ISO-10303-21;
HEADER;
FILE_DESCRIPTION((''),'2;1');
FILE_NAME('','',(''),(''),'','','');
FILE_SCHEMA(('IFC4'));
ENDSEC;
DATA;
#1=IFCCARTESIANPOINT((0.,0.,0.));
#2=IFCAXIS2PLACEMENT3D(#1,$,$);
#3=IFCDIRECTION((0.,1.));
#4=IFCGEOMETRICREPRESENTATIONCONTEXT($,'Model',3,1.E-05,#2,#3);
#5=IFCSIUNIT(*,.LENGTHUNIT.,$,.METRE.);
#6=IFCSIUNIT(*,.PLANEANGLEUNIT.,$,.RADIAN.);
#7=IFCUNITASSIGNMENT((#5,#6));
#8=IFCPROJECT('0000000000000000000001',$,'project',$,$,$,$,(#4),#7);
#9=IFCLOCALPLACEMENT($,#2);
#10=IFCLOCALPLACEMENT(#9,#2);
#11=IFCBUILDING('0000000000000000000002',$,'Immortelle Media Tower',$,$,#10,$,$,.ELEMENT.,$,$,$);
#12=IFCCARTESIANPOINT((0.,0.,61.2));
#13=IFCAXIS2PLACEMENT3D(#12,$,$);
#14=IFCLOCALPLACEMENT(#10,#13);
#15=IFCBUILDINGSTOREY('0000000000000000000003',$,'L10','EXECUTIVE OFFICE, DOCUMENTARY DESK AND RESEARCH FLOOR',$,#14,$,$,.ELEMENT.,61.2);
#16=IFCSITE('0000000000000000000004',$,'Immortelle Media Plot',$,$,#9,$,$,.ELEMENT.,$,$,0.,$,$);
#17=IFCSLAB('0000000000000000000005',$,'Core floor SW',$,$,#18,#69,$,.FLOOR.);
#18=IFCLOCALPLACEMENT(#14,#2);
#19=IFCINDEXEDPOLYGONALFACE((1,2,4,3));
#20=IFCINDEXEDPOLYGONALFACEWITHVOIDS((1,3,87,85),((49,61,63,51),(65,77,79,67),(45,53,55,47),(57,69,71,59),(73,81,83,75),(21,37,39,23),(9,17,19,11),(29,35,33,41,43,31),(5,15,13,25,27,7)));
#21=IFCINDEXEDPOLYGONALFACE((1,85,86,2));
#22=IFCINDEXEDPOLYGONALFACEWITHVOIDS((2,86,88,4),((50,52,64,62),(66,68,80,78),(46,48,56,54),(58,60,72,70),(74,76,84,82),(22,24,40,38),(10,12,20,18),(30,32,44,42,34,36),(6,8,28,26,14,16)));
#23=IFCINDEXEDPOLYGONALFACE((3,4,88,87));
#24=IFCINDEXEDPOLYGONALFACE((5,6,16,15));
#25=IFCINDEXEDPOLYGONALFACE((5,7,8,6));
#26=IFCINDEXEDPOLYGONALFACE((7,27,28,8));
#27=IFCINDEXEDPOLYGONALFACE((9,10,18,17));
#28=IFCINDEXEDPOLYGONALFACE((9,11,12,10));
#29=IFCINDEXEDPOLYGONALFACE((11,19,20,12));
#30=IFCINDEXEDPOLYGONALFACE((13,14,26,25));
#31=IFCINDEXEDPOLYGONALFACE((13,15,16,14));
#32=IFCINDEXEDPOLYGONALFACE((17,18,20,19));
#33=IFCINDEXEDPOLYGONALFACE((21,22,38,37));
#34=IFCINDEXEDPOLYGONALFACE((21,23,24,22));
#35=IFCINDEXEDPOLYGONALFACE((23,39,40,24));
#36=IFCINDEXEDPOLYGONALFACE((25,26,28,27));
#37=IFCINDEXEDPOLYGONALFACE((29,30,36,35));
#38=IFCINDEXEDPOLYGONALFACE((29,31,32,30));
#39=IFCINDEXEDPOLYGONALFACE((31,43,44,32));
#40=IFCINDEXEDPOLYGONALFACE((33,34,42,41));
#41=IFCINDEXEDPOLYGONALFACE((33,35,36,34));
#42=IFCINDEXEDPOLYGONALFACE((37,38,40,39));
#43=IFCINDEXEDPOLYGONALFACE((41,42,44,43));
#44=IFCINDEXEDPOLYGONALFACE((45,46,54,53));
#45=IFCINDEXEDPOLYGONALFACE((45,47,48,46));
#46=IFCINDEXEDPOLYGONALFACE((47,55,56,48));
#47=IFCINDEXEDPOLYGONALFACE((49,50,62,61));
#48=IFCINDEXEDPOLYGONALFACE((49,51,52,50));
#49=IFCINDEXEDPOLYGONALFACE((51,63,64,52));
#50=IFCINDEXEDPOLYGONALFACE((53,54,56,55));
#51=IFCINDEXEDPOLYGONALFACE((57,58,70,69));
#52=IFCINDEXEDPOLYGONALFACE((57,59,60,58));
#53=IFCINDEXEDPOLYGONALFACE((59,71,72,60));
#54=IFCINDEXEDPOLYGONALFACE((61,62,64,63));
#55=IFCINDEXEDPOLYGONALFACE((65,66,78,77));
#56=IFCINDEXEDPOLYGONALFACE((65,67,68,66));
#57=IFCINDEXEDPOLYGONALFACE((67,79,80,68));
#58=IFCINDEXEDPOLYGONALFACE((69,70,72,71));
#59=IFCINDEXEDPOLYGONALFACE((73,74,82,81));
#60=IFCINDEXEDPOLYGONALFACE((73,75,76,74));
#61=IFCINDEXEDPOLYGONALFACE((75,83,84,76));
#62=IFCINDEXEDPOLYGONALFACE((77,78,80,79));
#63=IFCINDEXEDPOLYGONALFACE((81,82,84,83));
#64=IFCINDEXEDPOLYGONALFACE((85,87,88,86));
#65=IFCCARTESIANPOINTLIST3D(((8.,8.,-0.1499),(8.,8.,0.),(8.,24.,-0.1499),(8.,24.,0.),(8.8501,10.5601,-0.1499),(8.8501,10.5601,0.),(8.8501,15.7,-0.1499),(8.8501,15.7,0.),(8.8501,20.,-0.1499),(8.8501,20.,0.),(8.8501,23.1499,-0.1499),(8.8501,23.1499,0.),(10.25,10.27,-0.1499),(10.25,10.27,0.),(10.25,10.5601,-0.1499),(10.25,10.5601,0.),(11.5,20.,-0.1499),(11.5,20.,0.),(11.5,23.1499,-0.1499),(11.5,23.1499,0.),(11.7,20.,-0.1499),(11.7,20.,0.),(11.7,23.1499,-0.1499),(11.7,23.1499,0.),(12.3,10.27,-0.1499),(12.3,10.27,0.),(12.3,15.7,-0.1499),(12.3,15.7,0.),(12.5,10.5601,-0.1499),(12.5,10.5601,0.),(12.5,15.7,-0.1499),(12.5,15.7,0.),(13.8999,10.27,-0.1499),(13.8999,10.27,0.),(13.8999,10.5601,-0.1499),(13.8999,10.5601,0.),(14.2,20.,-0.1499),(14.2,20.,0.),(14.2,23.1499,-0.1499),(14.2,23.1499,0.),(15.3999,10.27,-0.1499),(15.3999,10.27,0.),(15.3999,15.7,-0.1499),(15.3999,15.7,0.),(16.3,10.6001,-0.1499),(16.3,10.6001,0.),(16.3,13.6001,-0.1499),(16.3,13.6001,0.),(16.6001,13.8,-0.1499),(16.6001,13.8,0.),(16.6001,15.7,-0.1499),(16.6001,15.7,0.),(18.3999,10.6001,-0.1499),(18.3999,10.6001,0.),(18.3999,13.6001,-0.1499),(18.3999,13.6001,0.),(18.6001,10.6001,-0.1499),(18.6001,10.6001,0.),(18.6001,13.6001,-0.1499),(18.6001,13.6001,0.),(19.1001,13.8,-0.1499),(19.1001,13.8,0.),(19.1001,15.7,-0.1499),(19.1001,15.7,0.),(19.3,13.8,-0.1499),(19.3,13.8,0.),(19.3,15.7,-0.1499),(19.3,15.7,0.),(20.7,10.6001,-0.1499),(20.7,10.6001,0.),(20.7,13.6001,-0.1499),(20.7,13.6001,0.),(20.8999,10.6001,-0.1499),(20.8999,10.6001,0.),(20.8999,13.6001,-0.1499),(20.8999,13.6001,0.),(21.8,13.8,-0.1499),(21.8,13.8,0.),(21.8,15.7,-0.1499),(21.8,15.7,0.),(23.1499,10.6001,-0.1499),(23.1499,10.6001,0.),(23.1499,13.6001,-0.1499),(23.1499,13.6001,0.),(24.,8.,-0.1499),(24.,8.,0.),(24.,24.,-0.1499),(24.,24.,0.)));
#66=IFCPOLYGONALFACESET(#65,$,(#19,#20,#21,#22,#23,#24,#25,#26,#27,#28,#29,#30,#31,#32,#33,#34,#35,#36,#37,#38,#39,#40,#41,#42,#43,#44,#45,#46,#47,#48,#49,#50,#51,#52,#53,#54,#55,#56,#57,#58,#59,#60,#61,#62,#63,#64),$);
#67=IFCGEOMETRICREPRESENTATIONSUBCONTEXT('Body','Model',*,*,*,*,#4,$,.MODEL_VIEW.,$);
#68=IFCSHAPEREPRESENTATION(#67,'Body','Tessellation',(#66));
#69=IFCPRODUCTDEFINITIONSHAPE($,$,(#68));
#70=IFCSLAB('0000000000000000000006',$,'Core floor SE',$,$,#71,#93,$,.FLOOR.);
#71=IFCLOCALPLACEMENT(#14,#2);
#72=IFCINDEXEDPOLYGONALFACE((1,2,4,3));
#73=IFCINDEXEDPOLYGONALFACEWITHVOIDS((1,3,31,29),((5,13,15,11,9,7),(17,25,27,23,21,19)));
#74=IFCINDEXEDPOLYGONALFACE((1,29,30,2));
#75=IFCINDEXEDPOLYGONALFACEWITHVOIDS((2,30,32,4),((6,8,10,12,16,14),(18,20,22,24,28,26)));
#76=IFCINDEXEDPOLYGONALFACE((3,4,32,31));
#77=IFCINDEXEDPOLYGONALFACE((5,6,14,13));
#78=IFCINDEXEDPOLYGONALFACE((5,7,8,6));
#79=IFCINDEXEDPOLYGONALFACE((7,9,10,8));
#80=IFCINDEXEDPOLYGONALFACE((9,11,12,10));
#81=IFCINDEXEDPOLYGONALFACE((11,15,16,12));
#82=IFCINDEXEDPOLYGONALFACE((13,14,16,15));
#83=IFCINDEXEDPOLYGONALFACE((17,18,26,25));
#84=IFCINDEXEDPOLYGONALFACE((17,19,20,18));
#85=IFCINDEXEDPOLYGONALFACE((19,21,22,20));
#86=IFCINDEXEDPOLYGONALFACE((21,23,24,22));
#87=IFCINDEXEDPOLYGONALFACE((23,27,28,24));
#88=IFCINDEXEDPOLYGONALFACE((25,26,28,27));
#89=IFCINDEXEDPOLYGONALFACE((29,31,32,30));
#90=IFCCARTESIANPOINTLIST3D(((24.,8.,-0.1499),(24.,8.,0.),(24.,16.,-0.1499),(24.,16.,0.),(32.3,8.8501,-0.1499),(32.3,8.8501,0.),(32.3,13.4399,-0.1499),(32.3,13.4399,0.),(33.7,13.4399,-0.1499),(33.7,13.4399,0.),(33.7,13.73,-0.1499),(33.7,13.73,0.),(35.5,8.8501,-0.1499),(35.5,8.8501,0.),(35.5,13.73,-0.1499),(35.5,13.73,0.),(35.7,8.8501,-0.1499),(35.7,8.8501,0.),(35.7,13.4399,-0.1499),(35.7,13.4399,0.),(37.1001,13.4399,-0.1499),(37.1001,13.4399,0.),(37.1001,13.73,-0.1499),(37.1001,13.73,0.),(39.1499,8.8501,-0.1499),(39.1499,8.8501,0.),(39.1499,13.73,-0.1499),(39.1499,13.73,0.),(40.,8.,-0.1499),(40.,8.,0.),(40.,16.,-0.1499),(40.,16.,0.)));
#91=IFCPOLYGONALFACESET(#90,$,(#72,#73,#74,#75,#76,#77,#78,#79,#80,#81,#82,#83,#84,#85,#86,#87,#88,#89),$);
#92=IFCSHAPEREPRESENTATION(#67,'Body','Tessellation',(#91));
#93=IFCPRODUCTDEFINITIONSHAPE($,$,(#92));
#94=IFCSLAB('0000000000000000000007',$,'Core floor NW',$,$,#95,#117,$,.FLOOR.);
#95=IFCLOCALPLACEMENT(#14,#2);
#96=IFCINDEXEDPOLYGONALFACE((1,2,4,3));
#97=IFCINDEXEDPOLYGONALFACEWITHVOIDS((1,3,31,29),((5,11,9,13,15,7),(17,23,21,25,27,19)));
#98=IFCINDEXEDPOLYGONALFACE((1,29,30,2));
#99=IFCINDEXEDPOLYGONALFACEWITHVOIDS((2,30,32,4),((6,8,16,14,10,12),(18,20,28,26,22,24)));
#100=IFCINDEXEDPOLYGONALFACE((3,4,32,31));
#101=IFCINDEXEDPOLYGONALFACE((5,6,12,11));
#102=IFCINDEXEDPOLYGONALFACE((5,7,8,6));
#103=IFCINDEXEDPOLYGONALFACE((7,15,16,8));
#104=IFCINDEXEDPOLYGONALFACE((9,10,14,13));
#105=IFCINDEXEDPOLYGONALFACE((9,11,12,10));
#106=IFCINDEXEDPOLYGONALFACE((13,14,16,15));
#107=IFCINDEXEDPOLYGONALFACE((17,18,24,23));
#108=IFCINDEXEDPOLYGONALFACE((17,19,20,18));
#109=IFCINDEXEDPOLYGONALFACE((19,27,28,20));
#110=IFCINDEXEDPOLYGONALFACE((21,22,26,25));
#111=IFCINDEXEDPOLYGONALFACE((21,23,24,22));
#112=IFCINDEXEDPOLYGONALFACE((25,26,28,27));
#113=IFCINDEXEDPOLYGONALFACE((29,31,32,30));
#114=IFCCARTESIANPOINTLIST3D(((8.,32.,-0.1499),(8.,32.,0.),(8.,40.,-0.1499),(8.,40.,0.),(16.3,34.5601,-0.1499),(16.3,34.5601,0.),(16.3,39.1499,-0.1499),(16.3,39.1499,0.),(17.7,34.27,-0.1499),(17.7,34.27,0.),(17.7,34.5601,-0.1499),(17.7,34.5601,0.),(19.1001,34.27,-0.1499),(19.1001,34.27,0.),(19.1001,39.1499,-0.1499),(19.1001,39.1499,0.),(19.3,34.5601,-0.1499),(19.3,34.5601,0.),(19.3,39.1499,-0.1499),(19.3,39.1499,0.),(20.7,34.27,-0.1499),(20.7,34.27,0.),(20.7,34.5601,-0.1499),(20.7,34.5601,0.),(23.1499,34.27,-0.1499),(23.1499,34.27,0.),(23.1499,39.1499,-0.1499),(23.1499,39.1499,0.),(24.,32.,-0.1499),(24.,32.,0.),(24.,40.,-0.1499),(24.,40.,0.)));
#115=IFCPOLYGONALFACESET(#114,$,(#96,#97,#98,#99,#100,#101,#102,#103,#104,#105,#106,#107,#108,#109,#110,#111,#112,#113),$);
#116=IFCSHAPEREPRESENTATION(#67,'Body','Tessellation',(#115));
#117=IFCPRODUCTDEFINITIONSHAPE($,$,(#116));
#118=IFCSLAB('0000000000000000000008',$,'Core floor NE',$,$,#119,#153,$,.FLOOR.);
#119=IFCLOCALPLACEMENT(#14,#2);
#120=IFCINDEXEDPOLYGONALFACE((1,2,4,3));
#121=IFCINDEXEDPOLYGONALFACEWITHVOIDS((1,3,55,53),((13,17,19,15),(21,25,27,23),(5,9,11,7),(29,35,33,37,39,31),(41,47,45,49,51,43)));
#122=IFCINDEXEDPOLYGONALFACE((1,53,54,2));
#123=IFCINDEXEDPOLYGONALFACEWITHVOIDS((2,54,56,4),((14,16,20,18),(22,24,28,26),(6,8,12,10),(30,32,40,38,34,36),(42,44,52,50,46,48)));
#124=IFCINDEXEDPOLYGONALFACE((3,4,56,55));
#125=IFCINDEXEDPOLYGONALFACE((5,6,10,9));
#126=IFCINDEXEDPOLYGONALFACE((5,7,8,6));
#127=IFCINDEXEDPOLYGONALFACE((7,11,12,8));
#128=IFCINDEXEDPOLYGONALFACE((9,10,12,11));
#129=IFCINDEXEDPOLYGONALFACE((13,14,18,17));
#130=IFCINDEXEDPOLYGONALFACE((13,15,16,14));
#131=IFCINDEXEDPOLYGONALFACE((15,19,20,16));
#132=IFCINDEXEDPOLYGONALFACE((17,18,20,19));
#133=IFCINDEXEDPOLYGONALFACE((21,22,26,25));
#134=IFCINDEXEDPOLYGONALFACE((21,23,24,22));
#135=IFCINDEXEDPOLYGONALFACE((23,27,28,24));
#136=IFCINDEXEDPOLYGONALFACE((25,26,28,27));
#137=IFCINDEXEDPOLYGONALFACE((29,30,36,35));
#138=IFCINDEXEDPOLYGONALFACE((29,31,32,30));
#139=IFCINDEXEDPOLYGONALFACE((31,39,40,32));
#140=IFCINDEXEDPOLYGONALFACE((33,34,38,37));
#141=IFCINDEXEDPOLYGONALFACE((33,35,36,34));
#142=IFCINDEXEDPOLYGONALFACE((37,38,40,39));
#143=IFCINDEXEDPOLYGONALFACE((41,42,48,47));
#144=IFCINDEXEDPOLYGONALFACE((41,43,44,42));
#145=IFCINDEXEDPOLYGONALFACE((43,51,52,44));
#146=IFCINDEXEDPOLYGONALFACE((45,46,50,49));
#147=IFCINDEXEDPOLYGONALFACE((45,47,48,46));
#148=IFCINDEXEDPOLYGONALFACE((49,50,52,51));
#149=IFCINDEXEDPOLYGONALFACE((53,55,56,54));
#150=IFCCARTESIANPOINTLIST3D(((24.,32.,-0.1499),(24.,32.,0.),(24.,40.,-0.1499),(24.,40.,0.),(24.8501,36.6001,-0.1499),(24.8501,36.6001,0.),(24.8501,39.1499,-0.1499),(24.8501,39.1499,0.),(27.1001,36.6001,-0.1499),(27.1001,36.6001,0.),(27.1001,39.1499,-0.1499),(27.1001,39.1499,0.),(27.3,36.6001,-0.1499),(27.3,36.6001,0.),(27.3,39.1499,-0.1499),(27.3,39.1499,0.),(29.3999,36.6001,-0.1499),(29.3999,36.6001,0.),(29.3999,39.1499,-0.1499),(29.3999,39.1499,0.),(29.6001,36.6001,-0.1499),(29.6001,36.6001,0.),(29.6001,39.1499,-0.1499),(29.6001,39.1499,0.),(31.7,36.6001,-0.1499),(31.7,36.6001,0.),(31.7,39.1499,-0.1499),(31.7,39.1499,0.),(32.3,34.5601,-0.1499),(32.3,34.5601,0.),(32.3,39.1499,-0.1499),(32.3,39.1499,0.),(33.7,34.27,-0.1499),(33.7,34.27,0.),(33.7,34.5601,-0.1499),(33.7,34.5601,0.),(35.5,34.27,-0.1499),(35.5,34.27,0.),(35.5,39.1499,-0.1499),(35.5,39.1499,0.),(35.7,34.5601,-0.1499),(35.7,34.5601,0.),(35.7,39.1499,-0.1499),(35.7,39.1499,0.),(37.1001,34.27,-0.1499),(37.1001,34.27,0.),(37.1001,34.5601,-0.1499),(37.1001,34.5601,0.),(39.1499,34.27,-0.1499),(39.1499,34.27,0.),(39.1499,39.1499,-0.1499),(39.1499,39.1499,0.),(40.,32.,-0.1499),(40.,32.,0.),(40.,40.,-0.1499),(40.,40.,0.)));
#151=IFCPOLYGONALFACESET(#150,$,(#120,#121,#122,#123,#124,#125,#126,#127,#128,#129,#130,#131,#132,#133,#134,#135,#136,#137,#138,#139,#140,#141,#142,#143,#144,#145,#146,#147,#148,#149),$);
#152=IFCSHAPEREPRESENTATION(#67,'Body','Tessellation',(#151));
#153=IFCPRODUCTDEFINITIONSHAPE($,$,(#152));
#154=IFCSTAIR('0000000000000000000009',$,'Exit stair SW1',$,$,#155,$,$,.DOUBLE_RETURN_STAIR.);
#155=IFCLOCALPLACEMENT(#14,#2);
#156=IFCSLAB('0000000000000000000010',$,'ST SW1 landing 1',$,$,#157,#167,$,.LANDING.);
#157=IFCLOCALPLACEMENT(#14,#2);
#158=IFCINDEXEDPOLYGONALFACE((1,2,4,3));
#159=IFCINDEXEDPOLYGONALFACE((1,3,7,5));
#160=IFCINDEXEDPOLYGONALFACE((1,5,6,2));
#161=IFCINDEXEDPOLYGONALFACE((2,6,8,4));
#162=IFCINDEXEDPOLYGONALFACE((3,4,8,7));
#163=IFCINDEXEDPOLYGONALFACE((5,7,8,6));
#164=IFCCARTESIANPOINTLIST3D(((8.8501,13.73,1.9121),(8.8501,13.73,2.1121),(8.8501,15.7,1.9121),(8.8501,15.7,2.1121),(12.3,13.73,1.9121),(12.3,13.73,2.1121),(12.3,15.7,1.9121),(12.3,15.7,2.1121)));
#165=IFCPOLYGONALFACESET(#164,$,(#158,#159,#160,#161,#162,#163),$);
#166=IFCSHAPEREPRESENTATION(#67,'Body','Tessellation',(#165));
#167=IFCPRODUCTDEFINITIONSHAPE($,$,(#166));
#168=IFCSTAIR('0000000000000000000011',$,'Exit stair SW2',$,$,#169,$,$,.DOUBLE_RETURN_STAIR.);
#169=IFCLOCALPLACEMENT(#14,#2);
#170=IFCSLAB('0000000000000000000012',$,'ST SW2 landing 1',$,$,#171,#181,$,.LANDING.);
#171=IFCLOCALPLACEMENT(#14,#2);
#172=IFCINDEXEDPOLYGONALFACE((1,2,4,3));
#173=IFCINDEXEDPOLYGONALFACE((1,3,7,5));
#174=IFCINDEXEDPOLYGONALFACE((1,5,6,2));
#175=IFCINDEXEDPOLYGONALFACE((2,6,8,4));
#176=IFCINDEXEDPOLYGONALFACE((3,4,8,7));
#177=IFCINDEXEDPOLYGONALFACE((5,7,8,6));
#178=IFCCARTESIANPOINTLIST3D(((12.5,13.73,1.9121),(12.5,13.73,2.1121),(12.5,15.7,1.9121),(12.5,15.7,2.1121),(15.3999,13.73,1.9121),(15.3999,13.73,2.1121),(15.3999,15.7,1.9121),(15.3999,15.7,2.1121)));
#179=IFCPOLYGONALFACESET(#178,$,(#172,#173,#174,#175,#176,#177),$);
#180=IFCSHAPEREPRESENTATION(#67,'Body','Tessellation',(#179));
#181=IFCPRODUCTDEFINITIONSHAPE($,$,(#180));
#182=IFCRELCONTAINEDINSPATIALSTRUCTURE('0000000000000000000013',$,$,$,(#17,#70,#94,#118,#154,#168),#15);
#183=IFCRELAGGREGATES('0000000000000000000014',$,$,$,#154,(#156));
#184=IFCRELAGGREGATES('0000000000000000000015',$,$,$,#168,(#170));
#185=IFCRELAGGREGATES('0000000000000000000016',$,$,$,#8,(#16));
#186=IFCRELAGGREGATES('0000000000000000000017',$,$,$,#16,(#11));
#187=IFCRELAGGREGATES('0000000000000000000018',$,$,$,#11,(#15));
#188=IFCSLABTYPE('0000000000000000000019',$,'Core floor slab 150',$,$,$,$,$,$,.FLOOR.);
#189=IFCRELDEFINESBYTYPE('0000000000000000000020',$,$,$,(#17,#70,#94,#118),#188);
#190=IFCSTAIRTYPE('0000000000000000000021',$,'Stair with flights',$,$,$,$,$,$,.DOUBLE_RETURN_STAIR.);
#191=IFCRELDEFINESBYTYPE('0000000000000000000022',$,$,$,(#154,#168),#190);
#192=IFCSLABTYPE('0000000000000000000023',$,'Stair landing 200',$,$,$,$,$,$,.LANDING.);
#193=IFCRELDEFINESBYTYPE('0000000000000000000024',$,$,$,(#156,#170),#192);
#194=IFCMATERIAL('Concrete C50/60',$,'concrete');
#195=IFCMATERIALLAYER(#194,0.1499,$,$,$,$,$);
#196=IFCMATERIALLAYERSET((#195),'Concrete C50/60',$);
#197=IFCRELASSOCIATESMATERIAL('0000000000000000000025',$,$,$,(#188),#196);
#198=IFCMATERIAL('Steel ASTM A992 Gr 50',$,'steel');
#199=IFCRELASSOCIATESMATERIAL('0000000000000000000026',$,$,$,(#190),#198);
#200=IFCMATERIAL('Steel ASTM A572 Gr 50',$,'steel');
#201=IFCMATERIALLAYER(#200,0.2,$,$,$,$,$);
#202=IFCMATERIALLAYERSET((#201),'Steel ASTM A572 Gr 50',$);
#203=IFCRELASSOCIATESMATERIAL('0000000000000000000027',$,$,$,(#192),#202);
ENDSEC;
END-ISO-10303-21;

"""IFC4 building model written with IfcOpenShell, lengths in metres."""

from ifc_helpers import new_model, si_unit, direction, frame, origin, place, context, subcontext, project, spatial, polyline, outline, extrude, material, layer, layer_set, type_object, element, aggregate, save


model = new_model("IFC4")

# Units and contexts
model_context = context("Model", 3, precision=1e-05, world=origin(), true_north=direction((0.0, 1.0)))
body_context = subcontext(model_context, "Body", "Model", "MODEL_VIEW")
ifc_project = project(units=[si_unit("LENGTHUNIT", "METRE"), si_unit("PLANEANGLEUNIT", "RADIAN")], contexts=[model_context])

# Site, building, storey
site_placement = place(None, origin())
site = spatial("IfcSite", under=ifc_project, at=site_placement, Name="Immortelle Media Plot", CompositionType="ELEMENT", RefElevation=0.0)
building_placement = place(site_placement, origin())
building = spatial("IfcBuilding", under=site, at=building_placement, Name="Immortelle Media Tower", CompositionType="ELEMENT")
storey_placement = place(building_placement, frame((0.0, 0.0, 61.2)))
storey = spatial("IfcBuildingStorey", under=building, at=storey_placement, Name="L10", Description="EXECUTIVE OFFICE, DOCUMENTARY DESK AND RESEARCH FLOOR", CompositionType="ELEMENT", Elevation=61.2)

# Slabs
ifc_material_1 = material(Name="Concrete C50/60", Category="concrete")
ifc_layer_1 = layer(ifc_material_1, 0.1499)
ifc_layer_set_1 = layer_set([ifc_layer_1], Name="Concrete C50/60")
slab_type_1 = type_object("IfcSlabType", Name="Core floor slab 150", PredefinedType="FLOOR", material=ifc_layer_set_1)
slab_1_placement = place(storey_placement, frame((0.0, 0.0, -0.1499)))
element("IfcSlab", 1, at=slab_1_placement, inside=storey, type_object=slab_type_1, Name="Core floor SW", PredefinedType="FLOOR", context=body_context, shape_type="SweptSolid", body=[
    extrude(outline(polyline([(8.0, 8.0), (24.0, 8.0), (24.0, 24.0), (8.0, 24.0), (8.0, 8.0)]), holes=[polyline([(8.8501, 20.0), (11.5, 20.0), (11.5, 23.1499), (8.8501, 23.1499), (8.8501, 20.0)]), polyline([(11.7, 20.0), (14.2, 20.0), (14.2, 23.1499), (11.7, 23.1499), (11.7, 20.0)]), polyline([(16.6001, 13.8), (19.1001, 13.8), (19.1001, 15.7), (16.6001, 15.7), (16.6001, 13.8)]), polyline([(19.3, 13.8), (21.8, 13.8), (21.8, 15.7), (19.3, 15.7), (19.3, 13.8)]), polyline([(16.3, 10.6001), (18.3999, 10.6001), (18.3999, 13.6001), (16.3, 13.6001), (16.3, 10.6001)]), polyline([(18.6001, 10.6001), (20.7, 10.6001), (20.7, 13.6001), (18.6001, 13.6001), (18.6001, 10.6001)]), polyline([(20.8999, 10.6001), (23.1499, 10.6001), (23.1499, 13.6001), (20.8999, 13.6001), (20.8999, 10.6001)]), polyline([(8.8501, 15.7), (12.3, 15.7), (12.3, 10.27), (10.25, 10.27), (10.25, 10.5601), (8.8501, 10.5601), (8.8501, 15.7)]), polyline([(12.5, 15.7), (15.3999, 15.7), (15.3999, 10.27), (13.8999, 10.27), (13.8999, 10.5601), (12.5, 10.5601), (12.5, 15.7)])]), origin(), (0.0, 0.0, 1.0), 0.1499),
])
slab_2_placement = place(storey_placement, frame((0.0, 0.0, -0.1499)))
element("IfcSlab", 2, at=slab_2_placement, inside=storey, type_object=slab_type_1, Name="Core floor SE", PredefinedType="FLOOR", context=body_context, shape_type="SweptSolid", body=[
    extrude(outline(polyline([(24.0, 8.0), (40.0, 8.0), (40.0, 16.0), (24.0, 16.0), (24.0, 8.0)]), holes=[polyline([(35.5, 13.73), (35.5, 8.8501), (32.3, 8.8501), (32.3, 13.4399), (33.7, 13.4399), (33.7, 13.73), (35.5, 13.73)]), polyline([(39.1499, 13.73), (39.1499, 8.8501), (35.7, 8.8501), (35.7, 13.4399), (37.1001, 13.4399), (37.1001, 13.73), (39.1499, 13.73)])]), origin(), (0.0, 0.0, 1.0), 0.1499),
])
slab_3_placement = place(storey_placement, frame((0.0, 0.0, -0.1499)))
element("IfcSlab", 3, at=slab_3_placement, inside=storey, type_object=slab_type_1, Name="Core floor NW", PredefinedType="FLOOR", context=body_context, shape_type="SweptSolid", body=[
    extrude(outline(polyline([(8.0, 32.0), (24.0, 32.0), (24.0, 40.0), (8.0, 40.0), (8.0, 32.0)]), holes=[polyline([(16.3, 39.1499), (19.1001, 39.1499), (19.1001, 34.27), (17.7, 34.27), (17.7, 34.5601), (16.3, 34.5601), (16.3, 39.1499)]), polyline([(19.3, 39.1499), (23.1499, 39.1499), (23.1499, 34.27), (20.7, 34.27), (20.7, 34.5601), (19.3, 34.5601), (19.3, 39.1499)])]), origin(), (0.0, 0.0, 1.0), 0.1499),
])
slab_4_placement = place(storey_placement, frame((0.0, 0.0, -0.1499)))
element("IfcSlab", 4, at=slab_4_placement, inside=storey, type_object=slab_type_1, Name="Core floor NE", PredefinedType="FLOOR", context=body_context, shape_type="SweptSolid", body=[
    extrude(outline(polyline([(24.0, 32.0), (40.0, 32.0), (40.0, 40.0), (24.0, 40.0), (24.0, 32.0)]), holes=[polyline([(24.8501, 36.6001), (27.1001, 36.6001), (27.1001, 39.1499), (24.8501, 39.1499), (24.8501, 36.6001)]), polyline([(27.3, 36.6001), (29.3999, 36.6001), (29.3999, 39.1499), (27.3, 39.1499), (27.3, 36.6001)]), polyline([(29.6001, 36.6001), (31.7, 36.6001), (31.7, 39.1499), (29.6001, 39.1499), (29.6001, 36.6001)]), polyline([(32.3, 39.1499), (35.5, 39.1499), (35.5, 34.27), (33.7, 34.27), (33.7, 34.5601), (32.3, 34.5601), (32.3, 39.1499)]), polyline([(35.7, 39.1499), (39.1499, 39.1499), (39.1499, 34.27), (37.1001, 34.27), (37.1001, 34.5601), (35.7, 34.5601), (35.7, 39.1499)])]), origin(), (0.0, 0.0, 1.0), 0.1499),
])

# Stairs, slabs
ifc_material_2 = material(Name="Steel ASTM A992 Gr 50", Category="steel")
stair_type = type_object("IfcStairType", Name="Stair with flights", PredefinedType="DOUBLE_RETURN_STAIR", material=ifc_material_2)
stair_1_placement = place(storey_placement, origin())
stair_1 = element("IfcStair", 5, at=stair_1_placement, inside=storey, type_object=stair_type, Name="Exit stair SW1", PredefinedType="DOUBLE_RETURN_STAIR")
ifc_material_3 = material(Name="Steel ASTM A572 Gr 50", Category="steel")
ifc_layer_2 = layer(ifc_material_3, 0.2)
ifc_layer_set_2 = layer_set([ifc_layer_2], Name="Steel ASTM A572 Gr 50")
slab_type_2 = type_object("IfcSlabType", Name="Stair landing 200", PredefinedType="LANDING", material=ifc_layer_set_2)
slab_5_placement = place(storey_placement, frame((0.0, 0.0, 1.9121)))
slab_5 = element("IfcSlab", 6, at=slab_5_placement, type_object=slab_type_2, Name="ST SW1 landing 1", PredefinedType="LANDING", context=body_context, shape_type="SweptSolid", body=[
    extrude(outline(polyline([(8.8501, 13.73), (12.3, 13.73), (12.3, 15.7), (8.8501, 15.7), (8.8501, 13.73)])), origin(), (0.0, 0.0, 1.0), 0.2),
])
aggregate(stair_1, [slab_5])
stair_2_placement = place(storey_placement, origin())
stair_2 = element("IfcStair", 7, at=stair_2_placement, inside=storey, type_object=stair_type, Name="Exit stair SW2", PredefinedType="DOUBLE_RETURN_STAIR")
slab_6_placement = place(storey_placement, frame((0.0, 0.0, 1.9121)))
slab_6 = element("IfcSlab", 8, at=slab_6_placement, type_object=slab_type_2, Name="ST SW2 landing 1", PredefinedType="LANDING", context=body_context, shape_type="SweptSolid", body=[
    extrude(outline(polyline([(12.5, 13.73), (15.3999, 13.73), (15.3999, 15.7), (12.5, 15.7), (12.5, 13.73)])), origin(), (0.0, 0.0, 1.0), 0.2),
])
aggregate(stair_2, [slab_6])

save(model, "model.ifc")
